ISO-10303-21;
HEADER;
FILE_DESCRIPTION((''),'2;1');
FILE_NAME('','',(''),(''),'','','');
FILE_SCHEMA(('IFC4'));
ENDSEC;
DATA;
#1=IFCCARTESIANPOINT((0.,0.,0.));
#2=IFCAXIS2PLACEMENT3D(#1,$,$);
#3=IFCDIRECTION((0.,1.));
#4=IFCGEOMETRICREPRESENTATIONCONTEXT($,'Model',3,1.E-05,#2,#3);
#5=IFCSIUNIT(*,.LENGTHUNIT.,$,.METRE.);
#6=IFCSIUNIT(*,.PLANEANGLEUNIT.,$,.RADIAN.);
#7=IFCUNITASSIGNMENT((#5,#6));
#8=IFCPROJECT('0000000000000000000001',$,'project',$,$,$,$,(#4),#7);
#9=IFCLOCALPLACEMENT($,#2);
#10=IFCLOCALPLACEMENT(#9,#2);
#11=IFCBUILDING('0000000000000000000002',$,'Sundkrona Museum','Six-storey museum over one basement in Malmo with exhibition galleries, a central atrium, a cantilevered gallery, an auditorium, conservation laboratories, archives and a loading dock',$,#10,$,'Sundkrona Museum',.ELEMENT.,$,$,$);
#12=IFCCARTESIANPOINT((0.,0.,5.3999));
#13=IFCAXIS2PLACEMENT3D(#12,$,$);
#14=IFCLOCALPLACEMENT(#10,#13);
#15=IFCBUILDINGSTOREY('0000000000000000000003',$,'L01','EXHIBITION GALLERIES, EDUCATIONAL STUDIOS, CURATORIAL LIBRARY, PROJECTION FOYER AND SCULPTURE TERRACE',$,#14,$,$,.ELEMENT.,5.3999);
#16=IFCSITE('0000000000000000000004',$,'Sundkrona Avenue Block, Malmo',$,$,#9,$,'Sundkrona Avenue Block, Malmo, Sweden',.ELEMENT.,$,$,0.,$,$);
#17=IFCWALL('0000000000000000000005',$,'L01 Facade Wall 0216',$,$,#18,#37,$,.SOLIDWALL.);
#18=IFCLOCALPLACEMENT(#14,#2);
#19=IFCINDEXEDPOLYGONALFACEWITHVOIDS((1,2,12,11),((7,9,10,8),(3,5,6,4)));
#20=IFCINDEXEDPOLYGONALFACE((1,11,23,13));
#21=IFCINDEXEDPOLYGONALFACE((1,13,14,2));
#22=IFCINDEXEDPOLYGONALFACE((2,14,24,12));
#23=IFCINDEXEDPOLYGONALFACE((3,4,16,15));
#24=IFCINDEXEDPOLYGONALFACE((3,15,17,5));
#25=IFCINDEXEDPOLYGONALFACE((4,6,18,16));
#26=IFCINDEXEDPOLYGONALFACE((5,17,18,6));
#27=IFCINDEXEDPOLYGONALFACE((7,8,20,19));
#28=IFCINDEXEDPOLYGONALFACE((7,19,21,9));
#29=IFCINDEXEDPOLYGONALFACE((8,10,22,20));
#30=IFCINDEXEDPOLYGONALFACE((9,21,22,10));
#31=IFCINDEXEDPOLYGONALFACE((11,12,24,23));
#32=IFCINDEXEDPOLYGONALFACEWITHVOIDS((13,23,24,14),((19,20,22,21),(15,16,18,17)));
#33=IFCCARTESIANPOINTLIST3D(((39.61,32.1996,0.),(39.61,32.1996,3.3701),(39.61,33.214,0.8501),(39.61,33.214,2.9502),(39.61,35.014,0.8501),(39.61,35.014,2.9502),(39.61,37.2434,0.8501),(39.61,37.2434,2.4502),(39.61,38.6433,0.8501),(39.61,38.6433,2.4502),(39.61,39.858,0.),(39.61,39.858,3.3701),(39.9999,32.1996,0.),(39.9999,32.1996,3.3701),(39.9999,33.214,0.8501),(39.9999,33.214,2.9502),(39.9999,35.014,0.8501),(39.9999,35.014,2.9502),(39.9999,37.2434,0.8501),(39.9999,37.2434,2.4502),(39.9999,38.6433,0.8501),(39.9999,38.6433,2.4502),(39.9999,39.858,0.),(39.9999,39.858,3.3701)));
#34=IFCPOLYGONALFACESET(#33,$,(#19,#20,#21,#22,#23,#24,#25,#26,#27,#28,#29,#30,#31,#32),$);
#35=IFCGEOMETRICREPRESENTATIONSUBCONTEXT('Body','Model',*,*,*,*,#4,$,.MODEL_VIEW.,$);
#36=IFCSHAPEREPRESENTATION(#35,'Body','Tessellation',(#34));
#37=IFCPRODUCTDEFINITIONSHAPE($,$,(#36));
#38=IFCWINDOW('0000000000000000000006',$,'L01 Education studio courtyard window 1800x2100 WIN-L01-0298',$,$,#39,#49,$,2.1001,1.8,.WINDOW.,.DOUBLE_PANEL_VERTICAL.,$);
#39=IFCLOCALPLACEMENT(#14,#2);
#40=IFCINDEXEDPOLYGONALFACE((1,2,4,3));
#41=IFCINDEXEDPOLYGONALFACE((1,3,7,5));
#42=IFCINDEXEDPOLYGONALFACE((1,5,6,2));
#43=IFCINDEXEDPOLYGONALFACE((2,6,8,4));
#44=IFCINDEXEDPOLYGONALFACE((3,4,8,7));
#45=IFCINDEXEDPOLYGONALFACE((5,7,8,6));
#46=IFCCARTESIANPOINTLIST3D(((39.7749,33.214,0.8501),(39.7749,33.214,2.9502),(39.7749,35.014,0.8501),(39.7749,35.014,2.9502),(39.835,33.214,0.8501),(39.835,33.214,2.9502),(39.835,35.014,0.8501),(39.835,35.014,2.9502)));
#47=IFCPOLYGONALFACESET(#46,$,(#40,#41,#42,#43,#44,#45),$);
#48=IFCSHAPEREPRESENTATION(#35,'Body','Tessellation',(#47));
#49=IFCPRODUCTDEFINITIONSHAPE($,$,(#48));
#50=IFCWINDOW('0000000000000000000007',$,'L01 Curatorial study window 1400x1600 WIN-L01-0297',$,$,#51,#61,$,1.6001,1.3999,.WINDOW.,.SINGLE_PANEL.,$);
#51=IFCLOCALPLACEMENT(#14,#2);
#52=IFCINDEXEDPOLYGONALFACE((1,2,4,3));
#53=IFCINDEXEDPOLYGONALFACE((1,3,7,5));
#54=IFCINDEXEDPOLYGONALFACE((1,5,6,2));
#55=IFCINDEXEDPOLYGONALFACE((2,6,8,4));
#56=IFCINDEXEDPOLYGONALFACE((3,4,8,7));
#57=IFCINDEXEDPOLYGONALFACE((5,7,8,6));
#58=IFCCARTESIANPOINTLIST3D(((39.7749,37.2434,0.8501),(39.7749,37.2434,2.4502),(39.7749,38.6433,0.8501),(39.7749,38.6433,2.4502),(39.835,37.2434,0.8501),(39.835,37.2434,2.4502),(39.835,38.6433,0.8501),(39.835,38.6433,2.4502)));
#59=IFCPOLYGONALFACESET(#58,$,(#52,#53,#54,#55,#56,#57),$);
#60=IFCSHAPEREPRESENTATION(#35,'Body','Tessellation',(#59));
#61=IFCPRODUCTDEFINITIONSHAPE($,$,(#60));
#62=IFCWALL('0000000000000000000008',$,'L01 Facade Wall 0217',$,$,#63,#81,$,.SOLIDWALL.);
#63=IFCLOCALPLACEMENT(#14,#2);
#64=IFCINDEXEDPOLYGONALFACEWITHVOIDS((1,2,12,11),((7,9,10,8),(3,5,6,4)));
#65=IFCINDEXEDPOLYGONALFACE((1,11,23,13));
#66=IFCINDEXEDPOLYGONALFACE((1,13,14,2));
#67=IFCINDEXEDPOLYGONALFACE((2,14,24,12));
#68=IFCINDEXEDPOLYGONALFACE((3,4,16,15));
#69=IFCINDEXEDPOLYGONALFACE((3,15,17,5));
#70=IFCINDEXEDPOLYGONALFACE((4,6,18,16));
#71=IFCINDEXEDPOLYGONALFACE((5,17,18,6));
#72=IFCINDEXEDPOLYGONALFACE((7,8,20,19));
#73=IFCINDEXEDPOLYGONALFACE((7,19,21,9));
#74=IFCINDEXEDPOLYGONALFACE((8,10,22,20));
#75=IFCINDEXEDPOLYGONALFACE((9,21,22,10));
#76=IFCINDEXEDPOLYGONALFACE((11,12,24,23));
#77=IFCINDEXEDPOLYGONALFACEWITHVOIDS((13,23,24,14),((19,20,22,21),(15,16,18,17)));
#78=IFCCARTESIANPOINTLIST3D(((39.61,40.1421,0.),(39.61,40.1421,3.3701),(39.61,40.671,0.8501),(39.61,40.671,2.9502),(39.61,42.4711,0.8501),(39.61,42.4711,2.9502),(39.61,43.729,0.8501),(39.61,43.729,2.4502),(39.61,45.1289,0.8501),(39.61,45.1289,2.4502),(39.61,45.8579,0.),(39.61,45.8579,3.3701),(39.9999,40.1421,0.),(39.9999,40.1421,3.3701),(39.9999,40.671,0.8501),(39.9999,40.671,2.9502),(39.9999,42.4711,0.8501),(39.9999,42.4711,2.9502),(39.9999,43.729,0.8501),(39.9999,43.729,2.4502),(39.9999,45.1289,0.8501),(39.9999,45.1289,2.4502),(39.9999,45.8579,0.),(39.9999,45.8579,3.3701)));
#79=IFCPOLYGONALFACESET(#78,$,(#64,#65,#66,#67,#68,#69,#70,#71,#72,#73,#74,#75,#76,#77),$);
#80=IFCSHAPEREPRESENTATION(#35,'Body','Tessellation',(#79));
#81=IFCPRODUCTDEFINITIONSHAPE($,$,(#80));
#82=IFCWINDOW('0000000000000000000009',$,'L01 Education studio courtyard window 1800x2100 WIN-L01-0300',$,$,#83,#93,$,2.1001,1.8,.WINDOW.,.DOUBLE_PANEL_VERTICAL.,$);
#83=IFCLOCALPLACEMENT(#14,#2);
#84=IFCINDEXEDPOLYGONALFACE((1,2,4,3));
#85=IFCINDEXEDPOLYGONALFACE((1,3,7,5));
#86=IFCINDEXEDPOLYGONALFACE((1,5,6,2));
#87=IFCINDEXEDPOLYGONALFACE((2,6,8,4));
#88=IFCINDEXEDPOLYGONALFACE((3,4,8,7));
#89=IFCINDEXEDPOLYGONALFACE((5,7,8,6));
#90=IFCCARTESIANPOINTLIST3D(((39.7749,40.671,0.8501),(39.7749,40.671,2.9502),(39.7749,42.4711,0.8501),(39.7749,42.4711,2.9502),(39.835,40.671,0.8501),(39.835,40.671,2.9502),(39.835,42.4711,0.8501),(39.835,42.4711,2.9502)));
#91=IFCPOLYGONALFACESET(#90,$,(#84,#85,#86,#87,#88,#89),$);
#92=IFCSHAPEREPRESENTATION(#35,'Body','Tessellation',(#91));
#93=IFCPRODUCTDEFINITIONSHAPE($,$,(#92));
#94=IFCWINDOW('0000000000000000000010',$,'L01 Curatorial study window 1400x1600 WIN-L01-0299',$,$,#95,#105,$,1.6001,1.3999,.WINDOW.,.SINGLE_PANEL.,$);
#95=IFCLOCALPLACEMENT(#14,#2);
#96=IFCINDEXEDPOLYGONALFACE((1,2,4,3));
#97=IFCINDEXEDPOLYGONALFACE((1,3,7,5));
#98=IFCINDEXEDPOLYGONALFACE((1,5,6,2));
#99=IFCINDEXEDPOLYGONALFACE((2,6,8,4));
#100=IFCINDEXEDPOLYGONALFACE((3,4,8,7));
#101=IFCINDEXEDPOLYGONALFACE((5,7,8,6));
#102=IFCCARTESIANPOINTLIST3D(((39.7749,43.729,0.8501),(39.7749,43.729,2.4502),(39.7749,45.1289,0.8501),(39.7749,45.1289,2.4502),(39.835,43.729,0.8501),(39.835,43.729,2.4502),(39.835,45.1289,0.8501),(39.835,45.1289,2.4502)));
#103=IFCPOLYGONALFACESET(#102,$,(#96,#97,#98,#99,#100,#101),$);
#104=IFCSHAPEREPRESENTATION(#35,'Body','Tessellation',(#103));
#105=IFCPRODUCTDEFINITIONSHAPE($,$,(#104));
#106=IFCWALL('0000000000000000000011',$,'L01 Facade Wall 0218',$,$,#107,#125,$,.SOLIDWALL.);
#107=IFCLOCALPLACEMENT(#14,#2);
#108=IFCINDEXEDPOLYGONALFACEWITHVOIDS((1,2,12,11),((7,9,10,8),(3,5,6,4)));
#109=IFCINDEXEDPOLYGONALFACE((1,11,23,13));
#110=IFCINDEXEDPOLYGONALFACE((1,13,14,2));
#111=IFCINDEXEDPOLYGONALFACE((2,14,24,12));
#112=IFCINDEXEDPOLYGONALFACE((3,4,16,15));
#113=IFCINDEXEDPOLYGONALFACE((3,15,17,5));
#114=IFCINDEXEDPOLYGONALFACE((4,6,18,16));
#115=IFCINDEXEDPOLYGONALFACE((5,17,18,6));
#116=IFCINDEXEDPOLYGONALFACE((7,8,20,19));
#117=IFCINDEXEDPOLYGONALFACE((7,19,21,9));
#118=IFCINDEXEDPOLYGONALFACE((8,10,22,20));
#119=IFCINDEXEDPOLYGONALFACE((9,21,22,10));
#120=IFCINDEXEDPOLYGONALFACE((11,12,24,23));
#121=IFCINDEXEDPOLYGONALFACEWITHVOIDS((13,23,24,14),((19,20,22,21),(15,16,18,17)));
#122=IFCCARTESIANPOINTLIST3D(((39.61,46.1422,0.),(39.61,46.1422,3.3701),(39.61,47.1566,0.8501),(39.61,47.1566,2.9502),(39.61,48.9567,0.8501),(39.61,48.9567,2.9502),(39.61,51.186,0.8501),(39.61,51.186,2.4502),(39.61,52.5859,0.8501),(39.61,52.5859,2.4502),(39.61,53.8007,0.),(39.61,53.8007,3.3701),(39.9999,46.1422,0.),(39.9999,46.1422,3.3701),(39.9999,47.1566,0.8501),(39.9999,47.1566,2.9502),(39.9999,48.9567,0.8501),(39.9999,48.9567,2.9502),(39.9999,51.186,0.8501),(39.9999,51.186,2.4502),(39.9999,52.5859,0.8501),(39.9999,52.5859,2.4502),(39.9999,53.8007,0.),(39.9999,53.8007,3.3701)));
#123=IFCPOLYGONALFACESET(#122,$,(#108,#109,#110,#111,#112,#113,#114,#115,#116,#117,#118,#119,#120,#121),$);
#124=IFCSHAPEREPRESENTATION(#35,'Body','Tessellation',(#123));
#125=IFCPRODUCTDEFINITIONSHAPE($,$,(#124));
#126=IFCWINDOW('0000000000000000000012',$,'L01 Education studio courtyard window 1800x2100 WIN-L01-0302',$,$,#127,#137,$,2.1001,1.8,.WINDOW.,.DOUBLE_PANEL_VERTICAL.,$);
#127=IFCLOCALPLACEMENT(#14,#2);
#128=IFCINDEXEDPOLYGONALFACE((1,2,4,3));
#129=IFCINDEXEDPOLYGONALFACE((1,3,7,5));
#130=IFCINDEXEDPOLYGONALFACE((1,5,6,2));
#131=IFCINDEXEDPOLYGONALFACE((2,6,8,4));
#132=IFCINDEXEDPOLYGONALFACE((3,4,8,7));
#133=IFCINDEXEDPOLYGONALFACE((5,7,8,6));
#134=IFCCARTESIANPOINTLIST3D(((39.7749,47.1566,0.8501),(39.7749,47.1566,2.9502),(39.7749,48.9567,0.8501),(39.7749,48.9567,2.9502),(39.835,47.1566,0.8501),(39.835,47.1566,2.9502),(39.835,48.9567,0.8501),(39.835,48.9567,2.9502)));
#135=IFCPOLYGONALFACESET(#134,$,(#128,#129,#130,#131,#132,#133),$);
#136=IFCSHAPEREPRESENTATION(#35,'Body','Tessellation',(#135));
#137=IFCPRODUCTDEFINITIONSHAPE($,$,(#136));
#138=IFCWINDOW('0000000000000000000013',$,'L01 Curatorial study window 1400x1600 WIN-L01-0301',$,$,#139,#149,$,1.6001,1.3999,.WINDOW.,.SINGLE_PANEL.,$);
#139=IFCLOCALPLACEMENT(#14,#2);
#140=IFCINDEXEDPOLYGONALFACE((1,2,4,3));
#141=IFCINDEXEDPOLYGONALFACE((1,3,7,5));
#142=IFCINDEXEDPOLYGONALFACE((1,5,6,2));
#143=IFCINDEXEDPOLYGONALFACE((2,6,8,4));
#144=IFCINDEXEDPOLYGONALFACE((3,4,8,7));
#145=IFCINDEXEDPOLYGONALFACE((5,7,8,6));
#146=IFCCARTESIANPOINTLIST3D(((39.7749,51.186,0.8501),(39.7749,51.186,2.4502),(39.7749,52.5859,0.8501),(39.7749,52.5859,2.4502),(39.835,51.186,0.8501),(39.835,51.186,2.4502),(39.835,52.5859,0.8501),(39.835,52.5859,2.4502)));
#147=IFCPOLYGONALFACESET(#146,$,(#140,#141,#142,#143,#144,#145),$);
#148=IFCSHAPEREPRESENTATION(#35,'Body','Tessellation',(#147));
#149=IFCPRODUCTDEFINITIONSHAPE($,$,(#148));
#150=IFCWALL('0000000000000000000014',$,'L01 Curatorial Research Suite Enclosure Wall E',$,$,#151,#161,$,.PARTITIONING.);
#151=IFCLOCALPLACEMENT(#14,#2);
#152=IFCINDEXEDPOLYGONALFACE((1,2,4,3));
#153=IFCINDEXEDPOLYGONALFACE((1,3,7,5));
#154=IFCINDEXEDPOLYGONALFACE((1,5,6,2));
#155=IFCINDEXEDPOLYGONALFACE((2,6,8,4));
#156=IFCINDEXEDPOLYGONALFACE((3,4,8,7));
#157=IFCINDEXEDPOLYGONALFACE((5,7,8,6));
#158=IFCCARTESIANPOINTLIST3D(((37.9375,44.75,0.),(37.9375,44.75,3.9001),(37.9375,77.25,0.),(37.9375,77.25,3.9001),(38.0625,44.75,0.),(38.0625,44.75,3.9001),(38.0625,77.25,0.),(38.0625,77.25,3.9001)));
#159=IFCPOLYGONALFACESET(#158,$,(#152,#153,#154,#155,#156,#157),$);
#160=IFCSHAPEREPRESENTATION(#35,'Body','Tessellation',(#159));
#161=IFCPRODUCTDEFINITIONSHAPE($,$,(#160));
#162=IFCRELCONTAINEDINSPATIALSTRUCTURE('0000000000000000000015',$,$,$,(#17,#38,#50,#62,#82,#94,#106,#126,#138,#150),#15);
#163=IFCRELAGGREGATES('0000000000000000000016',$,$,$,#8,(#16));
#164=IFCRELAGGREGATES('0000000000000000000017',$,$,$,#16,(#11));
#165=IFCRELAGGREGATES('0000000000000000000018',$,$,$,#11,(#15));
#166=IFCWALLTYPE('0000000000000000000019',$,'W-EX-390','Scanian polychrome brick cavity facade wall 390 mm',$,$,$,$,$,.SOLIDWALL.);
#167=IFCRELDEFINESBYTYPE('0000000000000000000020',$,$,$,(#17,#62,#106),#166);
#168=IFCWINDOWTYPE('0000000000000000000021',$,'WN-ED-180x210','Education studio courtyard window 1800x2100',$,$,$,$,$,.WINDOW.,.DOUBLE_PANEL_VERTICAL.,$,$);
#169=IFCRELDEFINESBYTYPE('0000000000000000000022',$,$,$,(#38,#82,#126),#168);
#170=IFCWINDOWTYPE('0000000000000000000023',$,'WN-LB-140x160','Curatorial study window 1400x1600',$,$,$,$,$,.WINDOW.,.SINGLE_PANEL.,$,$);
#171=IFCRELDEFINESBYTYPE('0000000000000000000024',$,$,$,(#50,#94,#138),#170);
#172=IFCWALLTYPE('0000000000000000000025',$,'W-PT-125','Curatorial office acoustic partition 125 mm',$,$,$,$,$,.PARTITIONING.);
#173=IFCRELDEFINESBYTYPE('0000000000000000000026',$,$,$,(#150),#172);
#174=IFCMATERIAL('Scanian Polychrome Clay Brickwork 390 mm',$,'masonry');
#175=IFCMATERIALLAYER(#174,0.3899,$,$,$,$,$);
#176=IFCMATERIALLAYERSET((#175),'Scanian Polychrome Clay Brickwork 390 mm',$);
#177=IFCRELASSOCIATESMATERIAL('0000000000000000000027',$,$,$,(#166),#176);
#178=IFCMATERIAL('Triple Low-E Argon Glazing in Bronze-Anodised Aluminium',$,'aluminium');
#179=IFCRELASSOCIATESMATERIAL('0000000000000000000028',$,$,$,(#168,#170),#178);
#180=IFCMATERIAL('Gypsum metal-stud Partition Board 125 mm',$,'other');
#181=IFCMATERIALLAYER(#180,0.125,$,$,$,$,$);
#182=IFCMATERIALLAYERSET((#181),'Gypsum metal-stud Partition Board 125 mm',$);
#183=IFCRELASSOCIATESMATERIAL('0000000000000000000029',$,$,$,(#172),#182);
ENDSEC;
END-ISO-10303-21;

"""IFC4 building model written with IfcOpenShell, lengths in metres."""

from ifc_helpers import new_model, si_unit, direction, frame, frame_2d, origin, place, context, subcontext, project, spatial, rectangle, extrude, material, layer, layer_set, type_object, element, fill, save


model = new_model("IFC4")

# Units and contexts
model_context = context("Model", 3, precision=1e-05, world=origin(), true_north=direction((0.0, 1.0)))
body_context = subcontext(model_context, "Body", "Model", "MODEL_VIEW")
ifc_project = project(units=[si_unit("LENGTHUNIT", "METRE"), si_unit("PLANEANGLEUNIT", "RADIAN")], contexts=[model_context])

# Site, building, storey
site_placement = place(None, origin())
site = spatial("IfcSite", under=ifc_project, at=site_placement, Name="Sundkrona Avenue Block, Malmo", LongName="Sundkrona Avenue Block, Malmo, Sweden", CompositionType="ELEMENT", RefElevation=0.0)
building_placement = place(site_placement, origin())
building = spatial("IfcBuilding", under=site, at=building_placement, Name="Sundkrona Museum", Description="Six-storey museum over one basement in Malmo with exhibition galleries, a central atrium, a cantilevered gallery, an auditorium, conservation laboratories, archives and a loading dock", LongName="Sundkrona Museum", CompositionType="ELEMENT")
storey_placement = place(building_placement, frame((0.0, 0.0, 5.3999)))
storey = spatial("IfcBuildingStorey", under=building, at=storey_placement, Name="L01", Description="EXHIBITION GALLERIES, EDUCATIONAL STUDIOS, CURATORIAL LIBRARY, PROJECTION FOYER AND SCULPTURE TERRACE", CompositionType="ELEMENT", Elevation=5.3999)

# Walls, openings, windows
ifc_material_1 = material(Name="Scanian Polychrome Clay Brickwork 390 mm", Category="masonry")
ifc_layer_1 = layer(ifc_material_1, 0.3899)
ifc_layer_set_1 = layer_set([ifc_layer_1], Name="Scanian Polychrome Clay Brickwork 390 mm")
wall_type_1 = type_object("IfcWallType", Name="W-EX-390", Description="Scanian polychrome brick cavity facade wall 390 mm", PredefinedType="SOLIDWALL", material=ifc_layer_set_1)
wall_1_placement = place(storey_placement, frame((39.8049, 39.8579, 0.0), z_axis=(0.0, 0.0, 1.0), x_axis=(0.0, -1.0, 0.0)))
wall_1 = element("IfcWall", 1, at=wall_1_placement, inside=storey, type_object=wall_type_1, Name="L01 Facade Wall 0216", PredefinedType="SOLIDWALL", context=body_context, shape_type="SweptSolid", body=[
    extrude(rectangle(XDim=7.6584, YDim=0.3899, at=frame_2d((3.8291, 0.0))), origin(), (0.0, 0.0, 1.0), 3.3701),
])
opening_1_placement = place(wall_1_placement, frame((1.2146, 0.0, 0.8501)))
opening_1 = element("IfcOpeningElement", 2, at=opening_1_placement, cuts=wall_1, PredefinedType="OPENING", context=body_context, shape_type="SweptSolid", body=[
    extrude(rectangle(XDim=1.3999, YDim=1.6001, at=frame_2d((0.7, 0.8))), frame((0.0, 0.2048, 0.0), z_axis=(0.0, -1.0, 0.0), x_axis=(1.0, 0.0, 0.0)), (0.0, 0.0, 1.0), 0.4099),
])
opening_2_placement = place(wall_1_placement, frame((4.844, 0.0, 0.8501)))
opening_2 = element("IfcOpeningElement", 3, at=opening_2_placement, cuts=wall_1, PredefinedType="OPENING", context=body_context, shape_type="SweptSolid", body=[
    extrude(rectangle(XDim=1.8, YDim=2.1001, at=frame_2d((0.8999, 1.05))), frame((0.0, 0.2048, 0.0), z_axis=(0.0, -1.0, 0.0), x_axis=(1.0, 0.0, 0.0)), (0.0, 0.0, 1.0), 0.4099),
])
ifc_material_2 = material(Name="Triple Low-E Argon Glazing in Bronze-Anodised Aluminium", Category="aluminium")
window_type_1 = type_object("IfcWindowType", Name="WN-ED-180x210", Description="Education studio courtyard window 1800x2100", PartitioningType="DOUBLE_PANEL_VERTICAL", PredefinedType="WINDOW", material=ifc_material_2)
window_1_placement = place(opening_2_placement, origin())
window_1 = element("IfcWindow", 4, at=window_1_placement, inside=storey, type_object=window_type_1, Name="L01 Education studio courtyard window 1800x2100 WIN-L01-0298", OverallHeight=2.1001, OverallWidth=1.8, PartitioningType="DOUBLE_PANEL_VERTICAL", PredefinedType="WINDOW", context=body_context, shape_type="SweptSolid", body=[
    extrude(rectangle(XDim=1.8, YDim=2.1001, at=frame_2d((0.8999, 1.05))), frame((0.0, 0.03, 0.0), z_axis=(0.0, -1.0, 0.0), x_axis=(1.0, 0.0, 0.0)), (0.0, 0.0, 1.0), 0.0601),
])
fill(opening_2, window_1)
window_type_2 = type_object("IfcWindowType", Name="WN-LB-140x160", Description="Curatorial study window 1400x1600", PartitioningType="SINGLE_PANEL", PredefinedType="WINDOW", material=ifc_material_2)
window_2_placement = place(opening_1_placement, origin())
window_2 = element("IfcWindow", 5, at=window_2_placement, inside=storey, type_object=window_type_2, Name="L01 Curatorial study window 1400x1600 WIN-L01-0297", OverallHeight=1.6001, OverallWidth=1.3999, PartitioningType="SINGLE_PANEL", PredefinedType="WINDOW", context=body_context, shape_type="SweptSolid", body=[
    extrude(rectangle(XDim=1.3999, YDim=1.6001, at=frame_2d((0.7, 0.8))), frame((0.0, 0.03, 0.0), z_axis=(0.0, -1.0, 0.0), x_axis=(1.0, 0.0, 0.0)), (0.0, 0.0, 1.0), 0.0601),
])
fill(opening_1, window_2)
wall_2_placement = place(storey_placement, frame((39.8049, 45.8579, 0.0), z_axis=(0.0, 0.0, 1.0), x_axis=(0.0, -1.0, 0.0)))
wall_2 = element("IfcWall", 6, at=wall_2_placement, inside=storey, type_object=wall_type_1, Name="L01 Facade Wall 0217", PredefinedType="SOLIDWALL", context=body_context, shape_type="SweptSolid", body=[
    extrude(rectangle(XDim=5.7158, YDim=0.3899, at=frame_2d((2.8579, 0.0))), origin(), (0.0, 0.0, 1.0), 3.3701),
])
opening_3_placement = place(wall_2_placement, frame((0.729, 0.0, 0.8501)))
opening_3 = element("IfcOpeningElement", 7, at=opening_3_placement, cuts=wall_2, PredefinedType="OPENING", context=body_context, shape_type="SweptSolid", body=[
    extrude(rectangle(XDim=1.3999, YDim=1.6001, at=frame_2d((0.7, 0.8))), frame((0.0, 0.2048, 0.0), z_axis=(0.0, -1.0, 0.0), x_axis=(1.0, 0.0, 0.0)), (0.0, 0.0, 1.0), 0.4099),
])
opening_4_placement = place(wall_2_placement, frame((3.387, 0.0, 0.8501)))
opening_4 = element("IfcOpeningElement", 8, at=opening_4_placement, cuts=wall_2, PredefinedType="OPENING", context=body_context, shape_type="SweptSolid", body=[
    extrude(rectangle(XDim=1.8, YDim=2.1001, at=frame_2d((0.8999, 1.05))), frame((0.0, 0.2048, 0.0), z_axis=(0.0, -1.0, 0.0), x_axis=(1.0, 0.0, 0.0)), (0.0, 0.0, 1.0), 0.4099),
])
window_3_placement = place(opening_4_placement, origin())
window_3 = element("IfcWindow", 9, at=window_3_placement, inside=storey, type_object=window_type_1, Name="L01 Education studio courtyard window 1800x2100 WIN-L01-0300", OverallHeight=2.1001, OverallWidth=1.8, PartitioningType="DOUBLE_PANEL_VERTICAL", PredefinedType="WINDOW", context=body_context, shape_type="SweptSolid", body=[
    extrude(rectangle(XDim=1.8, YDim=2.1001, at=frame_2d((0.8999, 1.05))), frame((0.0, 0.03, 0.0), z_axis=(0.0, -1.0, 0.0), x_axis=(1.0, 0.0, 0.0)), (0.0, 0.0, 1.0), 0.0601),
])
fill(opening_4, window_3)
window_4_placement = place(opening_3_placement, origin())
window_4 = element("IfcWindow", 10, at=window_4_placement, inside=storey, type_object=window_type_2, Name="L01 Curatorial study window 1400x1600 WIN-L01-0299", OverallHeight=1.6001, OverallWidth=1.3999, PartitioningType="SINGLE_PANEL", PredefinedType="WINDOW", context=body_context, shape_type="SweptSolid", body=[
    extrude(rectangle(XDim=1.3999, YDim=1.6001, at=frame_2d((0.7, 0.8))), frame((0.0, 0.03, 0.0), z_axis=(0.0, -1.0, 0.0), x_axis=(1.0, 0.0, 0.0)), (0.0, 0.0, 1.0), 0.0601),
])
fill(opening_3, window_4)
wall_3_placement = place(storey_placement, frame((39.8049, 53.8005, 0.0), z_axis=(0.0, 0.0, 1.0), x_axis=(0.0, -1.0, 0.0)))
wall_3 = element("IfcWall", 11, at=wall_3_placement, inside=storey, type_object=wall_type_1, Name="L01 Facade Wall 0218", PredefinedType="SOLIDWALL", context=body_context, shape_type="SweptSolid", body=[
    extrude(rectangle(XDim=7.6584, YDim=0.3899, at=frame_2d((3.8291, 0.0))), origin(), (0.0, 0.0, 1.0), 3.3701),
])
opening_5_placement = place(wall_3_placement, frame((1.2146, 0.0, 0.8501)))
opening_5 = element("IfcOpeningElement", 12, at=opening_5_placement, cuts=wall_3, PredefinedType="OPENING", context=body_context, shape_type="SweptSolid", body=[
    extrude(rectangle(XDim=1.3999, YDim=1.6001, at=frame_2d((0.7, 0.8))), frame((0.0, 0.2048, 0.0), z_axis=(0.0, -1.0, 0.0), x_axis=(1.0, 0.0, 0.0)), (0.0, 0.0, 1.0), 0.4099),
])
opening_6_placement = place(wall_3_placement, frame((4.844, 0.0, 0.8501)))
opening_6 = element("IfcOpeningElement", 13, at=opening_6_placement, cuts=wall_3, PredefinedType="OPENING", context=body_context, shape_type="SweptSolid", body=[
    extrude(rectangle(XDim=1.8, YDim=2.1001, at=frame_2d((0.8999, 1.05))), frame((0.0, 0.2048, 0.0), z_axis=(0.0, -1.0, 0.0), x_axis=(1.0, 0.0, 0.0)), (0.0, 0.0, 1.0), 0.4099),
])
window_5_placement = place(opening_6_placement, origin())
window_5 = element("IfcWindow", 14, at=window_5_placement, inside=storey, type_object=window_type_1, Name="L01 Education studio courtyard window 1800x2100 WIN-L01-0302", OverallHeight=2.1001, OverallWidth=1.8, PartitioningType="DOUBLE_PANEL_VERTICAL", PredefinedType="WINDOW", context=body_context, shape_type="SweptSolid", body=[
    extrude(rectangle(XDim=1.8, YDim=2.1001, at=frame_2d((0.8999, 1.05))), frame((0.0, 0.03, 0.0), z_axis=(0.0, -1.0, 0.0), x_axis=(1.0, 0.0, 0.0)), (0.0, 0.0, 1.0), 0.0601),
])
fill(opening_6, window_5)
window_6_placement = place(opening_5_placement, origin())
window_6 = element("IfcWindow", 15, at=window_6_placement, inside=storey, type_object=window_type_2, Name="L01 Curatorial study window 1400x1600 WIN-L01-0301", OverallHeight=1.6001, OverallWidth=1.3999, PartitioningType="SINGLE_PANEL", PredefinedType="WINDOW", context=body_context, shape_type="SweptSolid", body=[
    extrude(rectangle(XDim=1.3999, YDim=1.6001, at=frame_2d((0.7, 0.8))), frame((0.0, 0.03, 0.0), z_axis=(0.0, -1.0, 0.0), x_axis=(1.0, 0.0, 0.0)), (0.0, 0.0, 1.0), 0.0601),
])
fill(opening_5, window_6)

# Wall
ifc_material_3 = material(Name="Gypsum metal-stud Partition Board 125 mm", Category="other")
ifc_layer_2 = layer(ifc_material_3, 0.125)
ifc_layer_set_2 = layer_set([ifc_layer_2], Name="Gypsum metal-stud Partition Board 125 mm")
wall_type_2 = type_object("IfcWallType", Name="W-PT-125", Description="Curatorial office acoustic partition 125 mm", PredefinedType="PARTITIONING", material=ifc_layer_set_2)
wall_4_placement = place(storey_placement, frame((38.0, 44.75, 0.0), z_axis=(0.0, 0.0, 1.0), x_axis=(0.0, 1.0, 0.0)))
element("IfcWall", 16, at=wall_4_placement, inside=storey, type_object=wall_type_2, Name="L01 Curatorial Research Suite Enclosure Wall E", PredefinedType="PARTITIONING", context=body_context, shape_type="SweptSolid", body=[
    extrude(rectangle(XDim=32.5, YDim=0.125, at=frame_2d((16.25, 0.0))), origin(), (0.0, 0.0, 1.0), 3.9001),
])

save(model, "model.ifc")
